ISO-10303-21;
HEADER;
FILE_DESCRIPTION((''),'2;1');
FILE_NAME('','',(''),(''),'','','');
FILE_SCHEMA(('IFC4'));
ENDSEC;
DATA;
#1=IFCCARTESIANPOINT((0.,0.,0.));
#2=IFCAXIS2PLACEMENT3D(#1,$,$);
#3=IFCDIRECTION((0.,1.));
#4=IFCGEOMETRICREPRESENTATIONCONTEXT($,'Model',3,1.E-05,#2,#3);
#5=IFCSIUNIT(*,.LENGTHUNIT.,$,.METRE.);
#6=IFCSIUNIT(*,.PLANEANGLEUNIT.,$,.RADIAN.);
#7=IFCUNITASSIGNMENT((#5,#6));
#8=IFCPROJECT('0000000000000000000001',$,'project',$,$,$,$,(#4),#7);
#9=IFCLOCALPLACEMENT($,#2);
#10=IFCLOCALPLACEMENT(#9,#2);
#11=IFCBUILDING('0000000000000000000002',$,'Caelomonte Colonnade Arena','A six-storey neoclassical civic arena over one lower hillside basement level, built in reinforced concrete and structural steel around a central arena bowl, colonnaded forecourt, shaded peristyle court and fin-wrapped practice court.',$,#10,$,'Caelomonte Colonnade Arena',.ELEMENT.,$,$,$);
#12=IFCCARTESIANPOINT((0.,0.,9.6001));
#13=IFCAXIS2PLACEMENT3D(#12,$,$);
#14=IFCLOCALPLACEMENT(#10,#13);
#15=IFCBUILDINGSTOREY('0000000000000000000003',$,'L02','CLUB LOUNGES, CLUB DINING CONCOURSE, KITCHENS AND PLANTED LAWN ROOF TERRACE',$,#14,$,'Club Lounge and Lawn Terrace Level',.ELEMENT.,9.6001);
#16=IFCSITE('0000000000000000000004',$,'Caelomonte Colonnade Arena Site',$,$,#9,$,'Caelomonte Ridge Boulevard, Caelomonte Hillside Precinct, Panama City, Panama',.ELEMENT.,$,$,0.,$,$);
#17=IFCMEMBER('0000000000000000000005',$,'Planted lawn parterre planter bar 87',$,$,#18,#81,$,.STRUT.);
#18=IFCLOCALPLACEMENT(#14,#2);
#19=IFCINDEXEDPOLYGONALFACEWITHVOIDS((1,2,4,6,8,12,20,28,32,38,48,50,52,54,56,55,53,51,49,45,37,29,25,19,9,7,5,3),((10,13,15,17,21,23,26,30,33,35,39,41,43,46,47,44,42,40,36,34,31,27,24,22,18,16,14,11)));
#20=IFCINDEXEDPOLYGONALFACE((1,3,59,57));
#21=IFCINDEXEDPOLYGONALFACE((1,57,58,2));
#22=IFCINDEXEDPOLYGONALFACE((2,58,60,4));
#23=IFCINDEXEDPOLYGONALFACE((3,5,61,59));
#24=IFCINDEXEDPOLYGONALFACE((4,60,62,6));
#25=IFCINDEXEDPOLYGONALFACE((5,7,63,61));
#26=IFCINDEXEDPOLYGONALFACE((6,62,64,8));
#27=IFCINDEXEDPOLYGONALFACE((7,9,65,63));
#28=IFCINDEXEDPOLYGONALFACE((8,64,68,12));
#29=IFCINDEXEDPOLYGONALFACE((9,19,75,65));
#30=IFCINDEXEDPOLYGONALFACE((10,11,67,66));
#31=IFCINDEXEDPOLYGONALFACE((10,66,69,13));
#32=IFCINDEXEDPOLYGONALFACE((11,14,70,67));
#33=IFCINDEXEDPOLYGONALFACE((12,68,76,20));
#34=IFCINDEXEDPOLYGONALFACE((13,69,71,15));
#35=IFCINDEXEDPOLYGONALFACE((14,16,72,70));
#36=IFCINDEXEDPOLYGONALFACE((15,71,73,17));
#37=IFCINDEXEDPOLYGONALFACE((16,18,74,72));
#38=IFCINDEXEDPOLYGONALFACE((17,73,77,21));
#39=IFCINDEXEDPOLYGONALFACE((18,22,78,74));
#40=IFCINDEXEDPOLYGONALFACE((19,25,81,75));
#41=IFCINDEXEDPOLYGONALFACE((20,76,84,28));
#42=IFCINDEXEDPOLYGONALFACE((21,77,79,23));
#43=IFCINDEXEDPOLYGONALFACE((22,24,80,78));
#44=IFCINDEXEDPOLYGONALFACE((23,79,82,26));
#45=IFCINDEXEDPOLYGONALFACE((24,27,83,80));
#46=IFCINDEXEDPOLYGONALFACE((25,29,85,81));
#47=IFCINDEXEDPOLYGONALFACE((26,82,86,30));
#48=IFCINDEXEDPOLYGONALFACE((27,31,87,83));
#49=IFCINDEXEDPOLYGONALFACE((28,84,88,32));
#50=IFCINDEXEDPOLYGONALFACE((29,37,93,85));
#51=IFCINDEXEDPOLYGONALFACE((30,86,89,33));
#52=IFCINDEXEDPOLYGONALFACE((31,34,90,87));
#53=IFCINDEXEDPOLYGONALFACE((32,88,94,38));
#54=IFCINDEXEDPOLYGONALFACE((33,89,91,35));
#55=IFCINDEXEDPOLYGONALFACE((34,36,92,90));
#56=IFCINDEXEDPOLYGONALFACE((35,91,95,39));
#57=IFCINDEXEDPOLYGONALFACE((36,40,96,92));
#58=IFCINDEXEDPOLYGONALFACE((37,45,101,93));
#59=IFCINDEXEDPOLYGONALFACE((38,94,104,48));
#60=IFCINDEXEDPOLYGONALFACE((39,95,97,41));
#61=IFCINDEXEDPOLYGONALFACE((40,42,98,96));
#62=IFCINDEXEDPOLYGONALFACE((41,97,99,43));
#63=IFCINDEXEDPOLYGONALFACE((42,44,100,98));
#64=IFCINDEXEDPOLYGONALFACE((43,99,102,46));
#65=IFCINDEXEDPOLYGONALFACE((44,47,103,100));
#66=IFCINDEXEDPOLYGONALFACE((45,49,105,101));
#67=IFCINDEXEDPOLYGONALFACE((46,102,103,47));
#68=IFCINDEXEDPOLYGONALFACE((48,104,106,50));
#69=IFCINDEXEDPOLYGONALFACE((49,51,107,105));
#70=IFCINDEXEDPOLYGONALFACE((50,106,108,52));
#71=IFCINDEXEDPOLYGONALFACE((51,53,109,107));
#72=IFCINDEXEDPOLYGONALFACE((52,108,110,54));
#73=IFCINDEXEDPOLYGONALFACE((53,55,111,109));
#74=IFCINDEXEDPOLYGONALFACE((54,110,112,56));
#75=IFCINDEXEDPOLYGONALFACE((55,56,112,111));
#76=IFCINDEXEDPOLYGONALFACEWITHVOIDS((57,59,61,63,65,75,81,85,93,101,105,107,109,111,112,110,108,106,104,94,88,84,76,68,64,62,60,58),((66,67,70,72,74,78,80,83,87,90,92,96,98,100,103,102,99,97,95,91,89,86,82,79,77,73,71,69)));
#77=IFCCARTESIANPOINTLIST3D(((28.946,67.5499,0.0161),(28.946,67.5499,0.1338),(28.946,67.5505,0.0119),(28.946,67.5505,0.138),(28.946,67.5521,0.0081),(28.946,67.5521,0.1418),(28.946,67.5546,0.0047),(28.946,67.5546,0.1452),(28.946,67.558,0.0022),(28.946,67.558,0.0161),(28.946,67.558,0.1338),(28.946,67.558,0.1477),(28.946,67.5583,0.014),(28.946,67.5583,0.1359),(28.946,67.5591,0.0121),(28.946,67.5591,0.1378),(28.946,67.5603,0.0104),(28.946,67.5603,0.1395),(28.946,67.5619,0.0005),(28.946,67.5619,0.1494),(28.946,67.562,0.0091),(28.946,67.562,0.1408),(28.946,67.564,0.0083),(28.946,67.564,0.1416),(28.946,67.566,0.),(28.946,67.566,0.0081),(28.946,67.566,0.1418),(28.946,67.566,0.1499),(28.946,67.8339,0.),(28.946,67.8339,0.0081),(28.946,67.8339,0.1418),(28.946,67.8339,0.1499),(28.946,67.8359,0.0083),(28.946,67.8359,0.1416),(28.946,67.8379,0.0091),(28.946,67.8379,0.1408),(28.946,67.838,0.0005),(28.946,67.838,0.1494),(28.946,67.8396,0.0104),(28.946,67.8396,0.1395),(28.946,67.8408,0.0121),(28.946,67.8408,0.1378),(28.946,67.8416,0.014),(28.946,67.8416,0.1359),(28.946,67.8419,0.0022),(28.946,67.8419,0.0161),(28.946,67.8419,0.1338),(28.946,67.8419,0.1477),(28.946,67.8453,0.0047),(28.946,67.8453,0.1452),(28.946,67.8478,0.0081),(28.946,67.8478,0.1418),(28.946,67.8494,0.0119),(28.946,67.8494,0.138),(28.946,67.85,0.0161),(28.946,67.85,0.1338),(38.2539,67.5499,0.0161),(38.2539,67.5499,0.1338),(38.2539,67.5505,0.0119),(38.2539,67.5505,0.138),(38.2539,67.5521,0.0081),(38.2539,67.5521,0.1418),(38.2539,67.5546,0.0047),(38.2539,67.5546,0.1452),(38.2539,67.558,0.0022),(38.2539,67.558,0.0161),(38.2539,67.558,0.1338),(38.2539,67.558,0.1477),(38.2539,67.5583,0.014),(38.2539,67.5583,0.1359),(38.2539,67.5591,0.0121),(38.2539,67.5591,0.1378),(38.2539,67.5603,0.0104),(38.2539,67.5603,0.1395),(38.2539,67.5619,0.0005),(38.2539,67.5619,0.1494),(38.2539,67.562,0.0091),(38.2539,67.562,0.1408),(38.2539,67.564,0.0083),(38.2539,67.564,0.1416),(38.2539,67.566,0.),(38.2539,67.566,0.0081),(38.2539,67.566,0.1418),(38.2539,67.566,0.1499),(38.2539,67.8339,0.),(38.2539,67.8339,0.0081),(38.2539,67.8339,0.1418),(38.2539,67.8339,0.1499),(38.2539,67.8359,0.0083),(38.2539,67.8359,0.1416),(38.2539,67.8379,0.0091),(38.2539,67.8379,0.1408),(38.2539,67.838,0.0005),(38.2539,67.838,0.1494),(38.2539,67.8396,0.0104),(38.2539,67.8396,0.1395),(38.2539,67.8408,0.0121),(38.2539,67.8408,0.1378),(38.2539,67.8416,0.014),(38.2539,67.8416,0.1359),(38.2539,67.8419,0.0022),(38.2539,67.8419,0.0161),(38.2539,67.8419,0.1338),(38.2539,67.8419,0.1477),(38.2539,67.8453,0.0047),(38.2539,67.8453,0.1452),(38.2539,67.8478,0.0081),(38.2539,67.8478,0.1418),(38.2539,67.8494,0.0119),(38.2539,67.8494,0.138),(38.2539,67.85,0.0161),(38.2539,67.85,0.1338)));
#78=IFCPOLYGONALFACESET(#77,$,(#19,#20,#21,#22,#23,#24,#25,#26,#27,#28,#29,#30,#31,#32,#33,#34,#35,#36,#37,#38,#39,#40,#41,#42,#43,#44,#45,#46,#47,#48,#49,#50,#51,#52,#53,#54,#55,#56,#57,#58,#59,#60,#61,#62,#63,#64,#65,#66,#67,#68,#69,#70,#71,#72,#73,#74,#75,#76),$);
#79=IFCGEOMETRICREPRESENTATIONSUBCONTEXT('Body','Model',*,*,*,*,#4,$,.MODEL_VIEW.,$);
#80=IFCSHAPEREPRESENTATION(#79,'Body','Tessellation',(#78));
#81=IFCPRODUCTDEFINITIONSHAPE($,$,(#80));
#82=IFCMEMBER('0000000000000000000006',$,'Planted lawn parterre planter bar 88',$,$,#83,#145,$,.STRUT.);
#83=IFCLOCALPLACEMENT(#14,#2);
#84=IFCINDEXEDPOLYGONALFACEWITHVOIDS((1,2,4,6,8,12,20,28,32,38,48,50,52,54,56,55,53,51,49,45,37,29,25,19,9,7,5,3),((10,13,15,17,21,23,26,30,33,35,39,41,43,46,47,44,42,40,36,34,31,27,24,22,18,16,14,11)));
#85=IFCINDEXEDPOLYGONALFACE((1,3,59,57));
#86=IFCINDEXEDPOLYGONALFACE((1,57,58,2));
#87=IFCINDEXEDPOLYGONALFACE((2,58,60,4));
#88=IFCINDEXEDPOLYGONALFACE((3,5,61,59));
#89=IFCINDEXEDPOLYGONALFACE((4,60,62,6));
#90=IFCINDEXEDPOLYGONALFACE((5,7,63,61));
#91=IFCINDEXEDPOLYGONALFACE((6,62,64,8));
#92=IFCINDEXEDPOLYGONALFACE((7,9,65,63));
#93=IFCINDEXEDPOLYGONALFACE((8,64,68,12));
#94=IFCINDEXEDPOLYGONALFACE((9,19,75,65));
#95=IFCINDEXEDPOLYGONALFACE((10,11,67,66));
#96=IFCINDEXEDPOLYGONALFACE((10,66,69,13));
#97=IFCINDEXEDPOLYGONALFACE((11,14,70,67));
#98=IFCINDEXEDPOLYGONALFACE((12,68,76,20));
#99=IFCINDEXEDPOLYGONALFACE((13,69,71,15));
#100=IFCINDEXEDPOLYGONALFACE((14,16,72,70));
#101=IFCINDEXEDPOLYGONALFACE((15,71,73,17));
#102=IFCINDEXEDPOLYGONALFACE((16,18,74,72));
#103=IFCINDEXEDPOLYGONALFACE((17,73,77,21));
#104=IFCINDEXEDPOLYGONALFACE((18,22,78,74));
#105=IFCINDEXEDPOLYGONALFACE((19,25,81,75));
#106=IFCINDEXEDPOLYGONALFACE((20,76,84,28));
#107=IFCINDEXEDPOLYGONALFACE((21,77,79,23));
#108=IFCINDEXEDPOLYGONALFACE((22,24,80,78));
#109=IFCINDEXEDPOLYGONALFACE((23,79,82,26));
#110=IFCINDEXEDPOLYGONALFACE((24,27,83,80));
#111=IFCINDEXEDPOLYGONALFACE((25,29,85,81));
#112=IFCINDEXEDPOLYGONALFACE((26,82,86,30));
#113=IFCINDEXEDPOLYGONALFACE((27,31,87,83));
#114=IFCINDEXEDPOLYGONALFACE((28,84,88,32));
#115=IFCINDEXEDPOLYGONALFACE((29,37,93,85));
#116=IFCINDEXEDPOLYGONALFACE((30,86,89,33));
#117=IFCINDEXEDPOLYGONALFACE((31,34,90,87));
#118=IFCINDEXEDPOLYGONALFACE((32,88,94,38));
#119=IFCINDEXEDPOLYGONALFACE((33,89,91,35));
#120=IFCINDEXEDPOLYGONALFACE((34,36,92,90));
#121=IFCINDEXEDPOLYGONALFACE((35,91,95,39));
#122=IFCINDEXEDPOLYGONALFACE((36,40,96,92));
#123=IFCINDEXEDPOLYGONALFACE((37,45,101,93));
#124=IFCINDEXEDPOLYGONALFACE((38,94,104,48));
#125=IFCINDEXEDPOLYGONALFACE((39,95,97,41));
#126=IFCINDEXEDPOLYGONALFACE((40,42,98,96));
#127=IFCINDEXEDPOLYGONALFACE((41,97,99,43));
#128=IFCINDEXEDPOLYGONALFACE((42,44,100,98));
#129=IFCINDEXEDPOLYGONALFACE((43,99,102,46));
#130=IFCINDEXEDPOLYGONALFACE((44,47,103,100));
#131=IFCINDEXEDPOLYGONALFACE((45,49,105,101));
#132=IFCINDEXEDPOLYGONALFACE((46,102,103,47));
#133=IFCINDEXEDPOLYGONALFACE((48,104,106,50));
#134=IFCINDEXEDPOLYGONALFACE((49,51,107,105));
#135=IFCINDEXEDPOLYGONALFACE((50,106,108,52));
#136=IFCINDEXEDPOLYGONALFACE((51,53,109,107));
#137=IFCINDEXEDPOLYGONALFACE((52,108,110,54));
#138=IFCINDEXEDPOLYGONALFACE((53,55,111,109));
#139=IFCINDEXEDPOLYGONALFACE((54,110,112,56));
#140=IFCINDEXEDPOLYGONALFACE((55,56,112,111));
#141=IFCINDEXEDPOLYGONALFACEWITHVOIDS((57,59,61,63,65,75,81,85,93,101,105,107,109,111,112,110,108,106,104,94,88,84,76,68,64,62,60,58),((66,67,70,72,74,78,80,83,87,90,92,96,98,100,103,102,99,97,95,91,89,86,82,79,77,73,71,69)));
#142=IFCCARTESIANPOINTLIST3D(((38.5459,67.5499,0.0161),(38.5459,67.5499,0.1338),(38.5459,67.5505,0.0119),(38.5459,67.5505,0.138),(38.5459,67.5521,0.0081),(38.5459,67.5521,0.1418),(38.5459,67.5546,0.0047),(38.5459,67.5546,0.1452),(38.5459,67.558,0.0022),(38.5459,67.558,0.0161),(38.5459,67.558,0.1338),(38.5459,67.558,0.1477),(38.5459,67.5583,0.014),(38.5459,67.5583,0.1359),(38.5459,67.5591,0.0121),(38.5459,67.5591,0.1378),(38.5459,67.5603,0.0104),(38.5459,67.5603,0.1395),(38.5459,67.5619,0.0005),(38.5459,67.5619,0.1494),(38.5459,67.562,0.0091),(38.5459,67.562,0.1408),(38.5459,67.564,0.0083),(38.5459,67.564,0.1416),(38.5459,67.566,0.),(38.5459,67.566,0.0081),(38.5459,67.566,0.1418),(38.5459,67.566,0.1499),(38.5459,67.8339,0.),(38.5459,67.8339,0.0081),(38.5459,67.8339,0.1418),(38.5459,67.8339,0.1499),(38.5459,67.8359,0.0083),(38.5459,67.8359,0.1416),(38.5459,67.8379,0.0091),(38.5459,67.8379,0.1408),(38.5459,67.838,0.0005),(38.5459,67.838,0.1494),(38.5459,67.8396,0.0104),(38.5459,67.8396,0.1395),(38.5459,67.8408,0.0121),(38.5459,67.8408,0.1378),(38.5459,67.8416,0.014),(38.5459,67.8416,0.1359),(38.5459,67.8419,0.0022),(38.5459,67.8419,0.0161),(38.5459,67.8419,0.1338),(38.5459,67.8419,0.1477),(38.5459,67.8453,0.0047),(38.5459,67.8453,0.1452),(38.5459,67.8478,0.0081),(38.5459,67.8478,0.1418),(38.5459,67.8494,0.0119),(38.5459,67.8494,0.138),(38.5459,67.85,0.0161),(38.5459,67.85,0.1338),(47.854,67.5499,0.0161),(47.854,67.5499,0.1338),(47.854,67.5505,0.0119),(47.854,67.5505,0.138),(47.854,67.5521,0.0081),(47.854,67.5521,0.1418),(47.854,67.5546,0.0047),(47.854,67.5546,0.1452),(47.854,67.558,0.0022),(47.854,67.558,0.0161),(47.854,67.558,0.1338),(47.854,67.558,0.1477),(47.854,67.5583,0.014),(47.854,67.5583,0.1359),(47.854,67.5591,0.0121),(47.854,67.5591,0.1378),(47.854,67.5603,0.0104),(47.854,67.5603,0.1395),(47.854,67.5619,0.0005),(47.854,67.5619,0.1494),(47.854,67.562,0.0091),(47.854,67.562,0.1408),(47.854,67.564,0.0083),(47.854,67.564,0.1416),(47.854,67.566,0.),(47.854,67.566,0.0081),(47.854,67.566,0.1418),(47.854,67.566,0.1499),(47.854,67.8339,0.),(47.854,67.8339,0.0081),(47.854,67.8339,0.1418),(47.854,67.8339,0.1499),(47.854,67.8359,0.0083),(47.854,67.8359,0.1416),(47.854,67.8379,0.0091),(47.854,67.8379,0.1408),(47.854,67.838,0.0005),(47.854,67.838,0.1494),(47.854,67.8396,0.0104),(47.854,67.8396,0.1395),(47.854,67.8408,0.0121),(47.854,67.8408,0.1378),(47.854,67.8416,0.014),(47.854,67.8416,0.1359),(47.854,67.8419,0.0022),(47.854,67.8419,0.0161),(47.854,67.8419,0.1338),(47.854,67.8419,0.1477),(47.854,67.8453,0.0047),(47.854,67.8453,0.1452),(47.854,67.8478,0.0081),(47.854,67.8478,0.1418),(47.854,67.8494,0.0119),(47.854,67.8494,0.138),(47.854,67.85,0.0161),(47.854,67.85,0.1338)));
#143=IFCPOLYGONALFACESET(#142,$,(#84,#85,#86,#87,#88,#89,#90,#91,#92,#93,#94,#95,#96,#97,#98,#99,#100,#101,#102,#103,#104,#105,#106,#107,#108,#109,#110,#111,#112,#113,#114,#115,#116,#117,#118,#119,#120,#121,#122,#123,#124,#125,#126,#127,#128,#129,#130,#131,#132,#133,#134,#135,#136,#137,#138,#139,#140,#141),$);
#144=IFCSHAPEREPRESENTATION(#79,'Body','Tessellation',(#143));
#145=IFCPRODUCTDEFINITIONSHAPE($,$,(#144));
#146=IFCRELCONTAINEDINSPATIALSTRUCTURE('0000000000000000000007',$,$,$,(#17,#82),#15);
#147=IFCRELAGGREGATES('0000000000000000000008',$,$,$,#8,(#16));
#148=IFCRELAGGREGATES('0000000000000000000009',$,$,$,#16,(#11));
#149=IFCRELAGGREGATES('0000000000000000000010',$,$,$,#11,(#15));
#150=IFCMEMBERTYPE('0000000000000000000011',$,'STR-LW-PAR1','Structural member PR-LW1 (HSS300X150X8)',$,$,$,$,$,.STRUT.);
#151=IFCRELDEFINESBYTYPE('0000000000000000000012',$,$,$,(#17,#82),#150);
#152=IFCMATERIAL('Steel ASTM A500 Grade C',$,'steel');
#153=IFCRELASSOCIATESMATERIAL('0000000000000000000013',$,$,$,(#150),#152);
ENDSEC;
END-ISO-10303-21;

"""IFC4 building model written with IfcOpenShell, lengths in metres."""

from ifc_helpers import new_model, si_unit, direction, frame, origin, origin_2d, place, context, subcontext, project, spatial, hollow_rectangle, extrude, material, material_profile, profile_set, type_object, element, save


model = new_model("IFC4")

# Units and contexts
model_context = context("Model", 3, precision=1e-05, world=origin(), true_north=direction((0.0, 1.0)))
body_context = subcontext(model_context, "Body", "Model", "MODEL_VIEW")
ifc_project = project(units=[si_unit("LENGTHUNIT", "METRE"), si_unit("PLANEANGLEUNIT", "RADIAN")], contexts=[model_context])

# Site, building, storey
site_placement = place(None, origin())
site = spatial("IfcSite", under=ifc_project, at=site_placement, Name="Caelomonte Colonnade Arena Site", LongName="Caelomonte Ridge Boulevard, Caelomonte Hillside Precinct, Panama City, Panama", CompositionType="ELEMENT", RefElevation=0.0)
building_placement = place(site_placement, origin())
building = spatial("IfcBuilding", under=site, at=building_placement, Name="Caelomonte Colonnade Arena", Description="A six-storey neoclassical civic arena over one lower hillside basement level, built in reinforced concrete and structural steel around a central arena bowl, colonnaded forecourt, shaded peristyle court and fin-wrapped practice court.", LongName="Caelomonte Colonnade Arena", CompositionType="ELEMENT")
storey_placement = place(building_placement, frame((0.0, 0.0, 9.6001)))
storey = spatial("IfcBuildingStorey", under=building, at=storey_placement, Name="L02", Description="CLUB LOUNGES, CLUB DINING CONCOURSE, KITCHENS AND PLANTED LAWN ROOF TERRACE", LongName="Club Lounge and Lawn Terrace Level", CompositionType="ELEMENT", Elevation=9.6001)

# Members
ifc_material_1 = material(Name="Steel ASTM A500 Grade C", Category="steel")
ifc_material_profile_1 = material_profile(ifc_material_1, hollow_rectangle(XDim=0.3, YDim=0.1499, WallThickness=0.0081, InnerFilletRadius=0.0081, OuterFilletRadius=0.0161, at=origin_2d()), Name="HSS300X150X8")
ifc_profile_set_1 = profile_set([ifc_material_profile_1], Name="Steel ASTM A500 Grade C")
member_type = type_object("IfcMemberType", Name="STR-LW-PAR1", Description="Structural member PR-LW1 (HSS300X150X8)", PredefinedType="STRUT", material=ifc_profile_set_1)
member_1_placement = place(storey_placement, frame((28.946, 67.7, 0.075), z_axis=(1.0, 0.0, 0.0), x_axis=(0.0, 1.0, 0.0)))
element("IfcMember", 1, at=member_1_placement, inside=storey, type_object=member_type, Name="Planted lawn parterre planter bar 87", PredefinedType="STRUT", context=body_context, shape_type="SweptSolid", body=[
    extrude(hollow_rectangle(XDim=0.3, YDim=0.1499, WallThickness=0.0081, InnerFilletRadius=0.0081, OuterFilletRadius=0.0161, at=origin_2d()), origin(), (0.0, 0.0, 1.0), 9.3079),
])
member_2_placement = place(storey_placement, frame((38.5459, 67.7, 0.075), z_axis=(1.0, 0.0, 0.0), x_axis=(0.0, 1.0, 0.0)))
element("IfcMember", 2, at=member_2_placement, inside=storey, type_object=member_type, Name="Planted lawn parterre planter bar 88", PredefinedType="STRUT", context=body_context, shape_type="SweptSolid", body=[
    extrude(hollow_rectangle(XDim=0.3, YDim=0.1499, WallThickness=0.0081, InnerFilletRadius=0.0081, OuterFilletRadius=0.0161, at=origin_2d()), origin(), (0.0, 0.0, 1.0), 9.3081),
])

save(model, "model.ifc")
